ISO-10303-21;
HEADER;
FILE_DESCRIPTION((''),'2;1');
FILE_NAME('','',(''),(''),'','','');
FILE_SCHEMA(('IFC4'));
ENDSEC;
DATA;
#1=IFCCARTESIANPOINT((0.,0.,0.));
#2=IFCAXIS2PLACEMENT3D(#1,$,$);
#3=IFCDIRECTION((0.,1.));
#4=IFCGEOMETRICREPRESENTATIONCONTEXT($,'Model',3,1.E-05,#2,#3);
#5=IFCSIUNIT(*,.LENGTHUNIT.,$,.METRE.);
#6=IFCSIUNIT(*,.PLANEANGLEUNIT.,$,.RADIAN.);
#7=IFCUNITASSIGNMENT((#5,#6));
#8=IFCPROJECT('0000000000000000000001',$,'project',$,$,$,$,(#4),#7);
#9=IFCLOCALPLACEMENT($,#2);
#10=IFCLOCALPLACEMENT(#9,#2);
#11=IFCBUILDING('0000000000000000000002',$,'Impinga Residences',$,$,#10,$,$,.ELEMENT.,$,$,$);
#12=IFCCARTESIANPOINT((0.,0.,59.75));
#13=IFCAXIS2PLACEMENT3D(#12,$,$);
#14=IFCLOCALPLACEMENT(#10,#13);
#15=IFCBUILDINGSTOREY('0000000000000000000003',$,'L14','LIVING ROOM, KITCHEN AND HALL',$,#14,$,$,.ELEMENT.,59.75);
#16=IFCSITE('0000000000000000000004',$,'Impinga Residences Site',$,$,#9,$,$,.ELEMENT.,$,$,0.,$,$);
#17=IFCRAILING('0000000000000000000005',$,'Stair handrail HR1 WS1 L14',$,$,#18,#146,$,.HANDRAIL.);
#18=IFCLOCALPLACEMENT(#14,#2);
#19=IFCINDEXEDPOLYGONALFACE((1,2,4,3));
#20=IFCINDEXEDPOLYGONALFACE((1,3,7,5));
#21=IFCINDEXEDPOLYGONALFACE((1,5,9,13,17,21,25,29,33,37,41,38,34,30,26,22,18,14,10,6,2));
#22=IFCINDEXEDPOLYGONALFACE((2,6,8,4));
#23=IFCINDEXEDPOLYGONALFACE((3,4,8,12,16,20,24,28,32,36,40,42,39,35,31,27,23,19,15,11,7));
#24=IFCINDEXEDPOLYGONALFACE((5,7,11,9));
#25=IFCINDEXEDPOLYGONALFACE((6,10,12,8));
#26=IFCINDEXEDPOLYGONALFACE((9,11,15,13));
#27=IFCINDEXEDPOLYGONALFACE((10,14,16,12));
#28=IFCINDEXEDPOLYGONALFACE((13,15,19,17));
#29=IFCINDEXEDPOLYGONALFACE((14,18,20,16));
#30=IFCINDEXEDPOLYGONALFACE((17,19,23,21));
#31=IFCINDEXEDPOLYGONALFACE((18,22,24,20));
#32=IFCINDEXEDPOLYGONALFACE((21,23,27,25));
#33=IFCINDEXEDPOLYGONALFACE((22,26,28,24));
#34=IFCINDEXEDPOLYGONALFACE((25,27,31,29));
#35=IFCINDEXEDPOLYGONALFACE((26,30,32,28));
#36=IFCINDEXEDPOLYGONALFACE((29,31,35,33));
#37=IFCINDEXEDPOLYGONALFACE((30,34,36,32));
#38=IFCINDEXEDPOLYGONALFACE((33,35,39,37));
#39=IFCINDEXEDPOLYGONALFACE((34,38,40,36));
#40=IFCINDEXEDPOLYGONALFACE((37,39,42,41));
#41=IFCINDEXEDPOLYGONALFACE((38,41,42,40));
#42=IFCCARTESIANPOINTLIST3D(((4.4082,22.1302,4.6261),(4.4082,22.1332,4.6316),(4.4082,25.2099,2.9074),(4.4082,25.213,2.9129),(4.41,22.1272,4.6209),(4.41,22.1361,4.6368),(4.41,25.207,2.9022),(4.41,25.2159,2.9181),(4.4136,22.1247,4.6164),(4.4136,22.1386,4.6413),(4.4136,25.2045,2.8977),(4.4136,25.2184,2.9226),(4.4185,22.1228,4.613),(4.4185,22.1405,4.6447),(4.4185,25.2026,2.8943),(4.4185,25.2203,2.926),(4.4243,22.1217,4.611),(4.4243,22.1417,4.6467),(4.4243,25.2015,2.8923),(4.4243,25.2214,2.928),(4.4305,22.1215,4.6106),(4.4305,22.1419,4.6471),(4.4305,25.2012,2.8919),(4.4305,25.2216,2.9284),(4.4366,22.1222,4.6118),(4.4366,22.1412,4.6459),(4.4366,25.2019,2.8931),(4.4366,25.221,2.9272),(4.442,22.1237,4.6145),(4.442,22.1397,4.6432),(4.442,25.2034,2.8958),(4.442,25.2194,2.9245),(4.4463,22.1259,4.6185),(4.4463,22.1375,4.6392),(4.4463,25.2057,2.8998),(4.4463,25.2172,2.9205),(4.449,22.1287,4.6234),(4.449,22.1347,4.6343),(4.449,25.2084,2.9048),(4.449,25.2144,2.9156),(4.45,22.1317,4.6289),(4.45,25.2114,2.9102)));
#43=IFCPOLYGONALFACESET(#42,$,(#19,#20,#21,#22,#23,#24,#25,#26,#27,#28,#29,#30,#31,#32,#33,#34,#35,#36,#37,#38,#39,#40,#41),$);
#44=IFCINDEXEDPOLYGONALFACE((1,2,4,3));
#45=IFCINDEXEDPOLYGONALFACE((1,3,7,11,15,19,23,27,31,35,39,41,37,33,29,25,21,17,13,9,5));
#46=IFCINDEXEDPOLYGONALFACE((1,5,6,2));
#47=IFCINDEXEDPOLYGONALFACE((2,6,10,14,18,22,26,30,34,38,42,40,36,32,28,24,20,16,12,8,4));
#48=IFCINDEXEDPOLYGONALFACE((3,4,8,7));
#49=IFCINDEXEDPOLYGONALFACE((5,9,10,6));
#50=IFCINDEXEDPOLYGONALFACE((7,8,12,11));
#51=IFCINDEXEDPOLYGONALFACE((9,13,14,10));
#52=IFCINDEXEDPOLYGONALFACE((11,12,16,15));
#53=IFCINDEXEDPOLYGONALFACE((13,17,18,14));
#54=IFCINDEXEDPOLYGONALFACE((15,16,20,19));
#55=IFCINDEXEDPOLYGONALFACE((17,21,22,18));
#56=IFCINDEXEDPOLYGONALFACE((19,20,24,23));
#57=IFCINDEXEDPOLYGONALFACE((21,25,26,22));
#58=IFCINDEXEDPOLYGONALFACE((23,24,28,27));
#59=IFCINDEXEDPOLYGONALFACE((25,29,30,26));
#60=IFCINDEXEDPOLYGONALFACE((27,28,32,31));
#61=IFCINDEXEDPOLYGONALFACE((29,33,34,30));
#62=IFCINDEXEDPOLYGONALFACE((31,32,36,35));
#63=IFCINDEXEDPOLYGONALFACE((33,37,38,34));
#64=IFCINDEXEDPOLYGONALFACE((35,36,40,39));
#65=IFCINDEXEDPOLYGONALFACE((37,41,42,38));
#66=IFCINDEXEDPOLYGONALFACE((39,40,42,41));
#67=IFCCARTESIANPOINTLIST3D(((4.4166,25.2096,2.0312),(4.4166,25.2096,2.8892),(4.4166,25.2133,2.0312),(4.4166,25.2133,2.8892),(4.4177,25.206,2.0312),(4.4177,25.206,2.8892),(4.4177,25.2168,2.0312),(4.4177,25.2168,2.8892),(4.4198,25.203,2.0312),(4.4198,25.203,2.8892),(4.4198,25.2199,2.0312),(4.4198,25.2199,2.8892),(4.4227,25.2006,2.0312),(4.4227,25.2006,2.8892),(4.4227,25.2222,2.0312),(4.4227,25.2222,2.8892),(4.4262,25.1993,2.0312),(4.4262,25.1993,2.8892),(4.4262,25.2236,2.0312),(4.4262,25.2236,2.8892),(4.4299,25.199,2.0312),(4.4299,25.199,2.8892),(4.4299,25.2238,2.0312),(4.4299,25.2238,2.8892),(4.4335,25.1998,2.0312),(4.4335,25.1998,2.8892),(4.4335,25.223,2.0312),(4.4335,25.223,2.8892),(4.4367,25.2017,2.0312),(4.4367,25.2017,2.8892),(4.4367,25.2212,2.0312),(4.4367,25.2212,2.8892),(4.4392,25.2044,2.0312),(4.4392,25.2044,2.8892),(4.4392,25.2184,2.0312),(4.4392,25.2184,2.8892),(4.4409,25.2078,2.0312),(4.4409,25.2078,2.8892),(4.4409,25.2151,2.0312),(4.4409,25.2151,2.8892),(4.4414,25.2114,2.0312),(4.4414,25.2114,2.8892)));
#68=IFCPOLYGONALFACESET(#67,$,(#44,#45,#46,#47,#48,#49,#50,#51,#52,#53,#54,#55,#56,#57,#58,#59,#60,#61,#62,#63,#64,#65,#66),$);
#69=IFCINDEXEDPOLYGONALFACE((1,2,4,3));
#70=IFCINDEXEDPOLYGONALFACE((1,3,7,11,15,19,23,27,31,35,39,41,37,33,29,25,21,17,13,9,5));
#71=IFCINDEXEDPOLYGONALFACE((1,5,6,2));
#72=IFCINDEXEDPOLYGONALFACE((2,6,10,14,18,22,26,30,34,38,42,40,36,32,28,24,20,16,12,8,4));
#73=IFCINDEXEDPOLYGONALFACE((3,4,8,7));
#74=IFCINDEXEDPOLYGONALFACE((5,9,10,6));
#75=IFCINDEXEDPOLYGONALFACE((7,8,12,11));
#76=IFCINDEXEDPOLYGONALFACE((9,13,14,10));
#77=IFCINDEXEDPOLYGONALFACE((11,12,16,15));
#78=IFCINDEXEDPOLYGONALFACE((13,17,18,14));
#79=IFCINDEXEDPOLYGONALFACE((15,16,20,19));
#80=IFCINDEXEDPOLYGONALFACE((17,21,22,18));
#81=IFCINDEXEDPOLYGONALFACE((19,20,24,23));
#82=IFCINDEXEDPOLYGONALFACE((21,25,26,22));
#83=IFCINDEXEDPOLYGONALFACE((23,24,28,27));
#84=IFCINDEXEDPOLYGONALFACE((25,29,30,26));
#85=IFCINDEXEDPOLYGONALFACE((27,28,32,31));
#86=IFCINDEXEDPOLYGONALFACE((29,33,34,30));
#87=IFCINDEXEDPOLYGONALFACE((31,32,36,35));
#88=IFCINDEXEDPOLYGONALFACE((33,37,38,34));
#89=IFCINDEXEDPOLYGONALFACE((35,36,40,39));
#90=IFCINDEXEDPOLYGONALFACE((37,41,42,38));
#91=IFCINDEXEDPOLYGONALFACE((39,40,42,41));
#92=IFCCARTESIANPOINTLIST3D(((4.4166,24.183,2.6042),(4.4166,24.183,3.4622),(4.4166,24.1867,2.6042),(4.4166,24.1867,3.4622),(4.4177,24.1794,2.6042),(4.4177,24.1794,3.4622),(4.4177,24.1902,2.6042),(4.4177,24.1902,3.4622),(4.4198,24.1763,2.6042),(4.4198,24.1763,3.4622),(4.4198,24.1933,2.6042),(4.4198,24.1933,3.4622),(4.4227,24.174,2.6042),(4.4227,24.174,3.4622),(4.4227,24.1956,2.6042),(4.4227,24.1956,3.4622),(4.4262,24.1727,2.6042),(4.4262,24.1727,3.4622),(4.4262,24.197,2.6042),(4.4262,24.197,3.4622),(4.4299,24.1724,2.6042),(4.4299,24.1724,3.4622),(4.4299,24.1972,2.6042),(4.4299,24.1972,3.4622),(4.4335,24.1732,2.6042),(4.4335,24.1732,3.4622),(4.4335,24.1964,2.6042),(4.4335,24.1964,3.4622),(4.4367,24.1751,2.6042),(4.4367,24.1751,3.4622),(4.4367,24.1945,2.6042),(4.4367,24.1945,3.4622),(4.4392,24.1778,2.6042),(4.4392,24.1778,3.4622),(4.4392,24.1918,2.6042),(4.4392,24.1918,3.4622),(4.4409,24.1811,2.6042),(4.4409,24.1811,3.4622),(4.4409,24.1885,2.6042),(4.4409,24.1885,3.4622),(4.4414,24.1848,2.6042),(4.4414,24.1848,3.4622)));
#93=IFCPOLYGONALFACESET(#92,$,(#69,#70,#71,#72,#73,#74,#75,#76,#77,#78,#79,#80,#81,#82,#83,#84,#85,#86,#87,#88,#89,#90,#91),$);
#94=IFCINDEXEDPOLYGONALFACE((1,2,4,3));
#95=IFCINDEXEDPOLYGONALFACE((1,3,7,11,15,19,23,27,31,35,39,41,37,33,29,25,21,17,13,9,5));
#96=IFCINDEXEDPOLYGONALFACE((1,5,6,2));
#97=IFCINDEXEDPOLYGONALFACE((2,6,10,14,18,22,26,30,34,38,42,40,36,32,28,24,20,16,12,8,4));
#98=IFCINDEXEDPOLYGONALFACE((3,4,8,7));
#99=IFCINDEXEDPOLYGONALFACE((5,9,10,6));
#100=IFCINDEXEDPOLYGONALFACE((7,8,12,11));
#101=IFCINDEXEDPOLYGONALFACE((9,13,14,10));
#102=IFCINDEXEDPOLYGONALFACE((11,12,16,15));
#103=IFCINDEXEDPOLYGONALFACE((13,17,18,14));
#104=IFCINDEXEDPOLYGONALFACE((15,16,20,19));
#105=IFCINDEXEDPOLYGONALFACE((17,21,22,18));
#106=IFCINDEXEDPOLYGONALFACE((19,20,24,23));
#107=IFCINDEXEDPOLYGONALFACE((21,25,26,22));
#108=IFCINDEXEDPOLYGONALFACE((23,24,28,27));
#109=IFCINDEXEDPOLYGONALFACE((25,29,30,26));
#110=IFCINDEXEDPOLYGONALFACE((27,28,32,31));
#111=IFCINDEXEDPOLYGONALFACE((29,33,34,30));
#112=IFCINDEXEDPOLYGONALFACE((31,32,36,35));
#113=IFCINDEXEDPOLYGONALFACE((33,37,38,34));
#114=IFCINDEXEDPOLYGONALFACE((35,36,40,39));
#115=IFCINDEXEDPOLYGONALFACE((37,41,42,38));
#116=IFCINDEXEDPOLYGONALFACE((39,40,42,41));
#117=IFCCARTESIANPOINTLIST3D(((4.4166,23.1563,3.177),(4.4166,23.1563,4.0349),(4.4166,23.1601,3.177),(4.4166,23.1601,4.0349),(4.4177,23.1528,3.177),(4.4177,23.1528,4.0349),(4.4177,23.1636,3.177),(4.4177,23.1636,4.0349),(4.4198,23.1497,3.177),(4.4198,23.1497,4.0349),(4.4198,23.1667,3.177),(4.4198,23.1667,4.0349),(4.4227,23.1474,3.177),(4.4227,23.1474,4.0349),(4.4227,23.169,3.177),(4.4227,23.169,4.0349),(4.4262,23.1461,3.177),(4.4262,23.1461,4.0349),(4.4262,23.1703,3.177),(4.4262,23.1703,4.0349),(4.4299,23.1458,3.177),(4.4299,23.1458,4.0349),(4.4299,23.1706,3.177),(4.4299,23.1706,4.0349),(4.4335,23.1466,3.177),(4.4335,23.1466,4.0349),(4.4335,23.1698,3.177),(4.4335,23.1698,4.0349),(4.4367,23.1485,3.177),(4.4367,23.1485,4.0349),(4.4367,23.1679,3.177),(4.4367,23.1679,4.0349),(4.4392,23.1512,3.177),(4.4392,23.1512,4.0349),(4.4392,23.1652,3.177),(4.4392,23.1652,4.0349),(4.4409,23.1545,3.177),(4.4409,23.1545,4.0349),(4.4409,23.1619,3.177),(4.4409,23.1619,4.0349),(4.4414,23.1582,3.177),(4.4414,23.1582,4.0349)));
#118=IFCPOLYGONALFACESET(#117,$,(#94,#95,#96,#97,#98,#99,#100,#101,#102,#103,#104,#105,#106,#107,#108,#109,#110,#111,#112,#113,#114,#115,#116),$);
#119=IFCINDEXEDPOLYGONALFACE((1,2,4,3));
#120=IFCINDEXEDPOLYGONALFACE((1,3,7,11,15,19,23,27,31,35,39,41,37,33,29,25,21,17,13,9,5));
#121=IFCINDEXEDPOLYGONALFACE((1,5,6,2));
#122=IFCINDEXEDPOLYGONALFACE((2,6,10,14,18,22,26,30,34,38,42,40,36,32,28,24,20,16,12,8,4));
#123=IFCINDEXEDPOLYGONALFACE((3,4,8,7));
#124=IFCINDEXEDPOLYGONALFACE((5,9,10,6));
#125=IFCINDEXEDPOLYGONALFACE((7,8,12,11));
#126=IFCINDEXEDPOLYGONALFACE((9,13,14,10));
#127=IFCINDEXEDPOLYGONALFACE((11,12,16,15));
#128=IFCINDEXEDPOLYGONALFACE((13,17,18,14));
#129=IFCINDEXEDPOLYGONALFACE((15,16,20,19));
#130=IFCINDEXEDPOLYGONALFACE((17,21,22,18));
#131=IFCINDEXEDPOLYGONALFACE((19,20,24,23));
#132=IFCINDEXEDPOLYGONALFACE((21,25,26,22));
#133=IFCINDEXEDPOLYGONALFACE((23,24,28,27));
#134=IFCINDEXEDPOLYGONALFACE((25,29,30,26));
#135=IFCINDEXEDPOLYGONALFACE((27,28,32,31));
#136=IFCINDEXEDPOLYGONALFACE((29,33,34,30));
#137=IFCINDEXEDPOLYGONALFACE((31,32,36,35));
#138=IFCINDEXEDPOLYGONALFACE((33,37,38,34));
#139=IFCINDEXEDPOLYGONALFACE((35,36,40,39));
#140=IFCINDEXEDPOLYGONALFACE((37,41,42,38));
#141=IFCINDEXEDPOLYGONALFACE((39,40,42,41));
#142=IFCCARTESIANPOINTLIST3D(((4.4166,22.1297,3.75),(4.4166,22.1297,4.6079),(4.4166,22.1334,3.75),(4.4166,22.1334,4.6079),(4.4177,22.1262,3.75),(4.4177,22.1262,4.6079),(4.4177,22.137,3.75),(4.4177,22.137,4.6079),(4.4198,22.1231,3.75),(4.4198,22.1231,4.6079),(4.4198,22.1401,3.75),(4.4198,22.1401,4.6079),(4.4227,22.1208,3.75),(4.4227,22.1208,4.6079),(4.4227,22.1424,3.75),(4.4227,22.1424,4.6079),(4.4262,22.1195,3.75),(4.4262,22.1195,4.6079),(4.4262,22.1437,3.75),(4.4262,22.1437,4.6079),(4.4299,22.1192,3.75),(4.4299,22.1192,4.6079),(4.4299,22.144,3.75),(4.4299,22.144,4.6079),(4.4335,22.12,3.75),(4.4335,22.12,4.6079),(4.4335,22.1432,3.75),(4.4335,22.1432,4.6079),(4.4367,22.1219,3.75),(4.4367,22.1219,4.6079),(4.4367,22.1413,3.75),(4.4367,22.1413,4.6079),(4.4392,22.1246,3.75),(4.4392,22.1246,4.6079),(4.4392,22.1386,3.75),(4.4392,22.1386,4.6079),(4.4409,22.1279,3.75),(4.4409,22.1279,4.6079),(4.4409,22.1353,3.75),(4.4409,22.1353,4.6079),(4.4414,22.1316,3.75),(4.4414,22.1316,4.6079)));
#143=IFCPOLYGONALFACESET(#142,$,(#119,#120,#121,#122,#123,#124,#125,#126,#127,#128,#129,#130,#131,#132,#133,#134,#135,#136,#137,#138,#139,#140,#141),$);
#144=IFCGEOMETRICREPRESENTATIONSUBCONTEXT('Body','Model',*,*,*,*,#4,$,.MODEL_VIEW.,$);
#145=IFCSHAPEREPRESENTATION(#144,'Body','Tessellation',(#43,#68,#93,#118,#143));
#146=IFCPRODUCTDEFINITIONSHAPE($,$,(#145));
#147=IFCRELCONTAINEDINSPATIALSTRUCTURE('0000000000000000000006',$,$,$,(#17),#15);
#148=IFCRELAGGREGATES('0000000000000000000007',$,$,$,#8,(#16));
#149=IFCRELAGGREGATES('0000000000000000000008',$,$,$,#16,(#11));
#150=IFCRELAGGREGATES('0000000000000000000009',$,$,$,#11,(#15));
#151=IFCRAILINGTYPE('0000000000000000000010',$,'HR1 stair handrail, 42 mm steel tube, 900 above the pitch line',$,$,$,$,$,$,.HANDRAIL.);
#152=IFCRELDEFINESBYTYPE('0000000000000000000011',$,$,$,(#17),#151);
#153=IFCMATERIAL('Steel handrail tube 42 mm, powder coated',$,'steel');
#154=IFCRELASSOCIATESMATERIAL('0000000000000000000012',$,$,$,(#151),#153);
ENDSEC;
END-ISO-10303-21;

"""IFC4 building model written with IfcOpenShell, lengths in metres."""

from ifc_helpers import new_model, si_unit, direction, frame, origin, origin_2d, place, context, subcontext, project, spatial, circle, extrude, material, type_object, element, save


model = new_model("IFC4")

# Units and contexts
model_context = context("Model", 3, precision=1e-05, world=origin(), true_north=direction((0.0, 1.0)))
body_context = subcontext(model_context, "Body", "Model", "MODEL_VIEW")
ifc_project = project(units=[si_unit("LENGTHUNIT", "METRE"), si_unit("PLANEANGLEUNIT", "RADIAN")], contexts=[model_context])

# Site, building, storey
site_placement = place(None, origin())
site = spatial("IfcSite", under=ifc_project, at=site_placement, Name="Impinga Residences Site", CompositionType="ELEMENT", RefElevation=0.0)
building_placement = place(site_placement, origin())
building = spatial("IfcBuilding", under=site, at=building_placement, Name="Impinga Residences", CompositionType="ELEMENT")
storey_placement = place(building_placement, frame((0.0, 0.0, 59.75)))
storey = spatial("IfcBuildingStorey", under=building, at=storey_placement, Name="L14", Description="LIVING ROOM, KITCHEN AND HALL", CompositionType="ELEMENT", Elevation=59.75)

# Railing
ifc_material_1 = material(Name="Steel handrail tube 42 mm, powder coated", Category="steel")
railing_type_1 = type_object("IfcRailingType", Name="HR1 stair handrail, 42 mm steel tube, 900 above the pitch line", PredefinedType="HANDRAIL", material=ifc_material_1)
railing_1_placement = place(storey_placement, frame((4.429, 25.2114, 2.0312)))
element("IfcRailing", 1, at=railing_1_placement, inside=storey, type_object=railing_type_1, Name="Stair handrail HR1 WS1 L14", PredefinedType="HANDRAIL", context=body_context, shape_type="SweptSolid", body=[
    extrude(circle(Radius=0.021, at=origin_2d()), frame((0.0, 0.0, 0.8789), z_axis=(0.0, -0.873225, 0.487317), x_axis=(1.0, 0.0, 0.0)), (0.0, 0.0, 1.0), 3.5269),
    extrude(circle(Radius=0.0125, at=origin_2d()), origin(), (0.0, 0.0, 1.0), 0.8579),
    extrude(circle(Radius=0.0125, at=origin_2d()), frame((0.0, -1.0266, 0.573)), (0.0, 0.0, 1.0), 0.8579),
    extrude(circle(Radius=0.0125, at=origin_2d()), frame((0.0, -2.0532, 1.1458)), (0.0, 0.0, 1.0), 0.8579),
    extrude(circle(Radius=0.0125, at=origin_2d()), frame((0.0, -3.0798, 1.7188)), (0.0, 0.0, 1.0), 0.8579),
])

save(model, "model.ifc")
